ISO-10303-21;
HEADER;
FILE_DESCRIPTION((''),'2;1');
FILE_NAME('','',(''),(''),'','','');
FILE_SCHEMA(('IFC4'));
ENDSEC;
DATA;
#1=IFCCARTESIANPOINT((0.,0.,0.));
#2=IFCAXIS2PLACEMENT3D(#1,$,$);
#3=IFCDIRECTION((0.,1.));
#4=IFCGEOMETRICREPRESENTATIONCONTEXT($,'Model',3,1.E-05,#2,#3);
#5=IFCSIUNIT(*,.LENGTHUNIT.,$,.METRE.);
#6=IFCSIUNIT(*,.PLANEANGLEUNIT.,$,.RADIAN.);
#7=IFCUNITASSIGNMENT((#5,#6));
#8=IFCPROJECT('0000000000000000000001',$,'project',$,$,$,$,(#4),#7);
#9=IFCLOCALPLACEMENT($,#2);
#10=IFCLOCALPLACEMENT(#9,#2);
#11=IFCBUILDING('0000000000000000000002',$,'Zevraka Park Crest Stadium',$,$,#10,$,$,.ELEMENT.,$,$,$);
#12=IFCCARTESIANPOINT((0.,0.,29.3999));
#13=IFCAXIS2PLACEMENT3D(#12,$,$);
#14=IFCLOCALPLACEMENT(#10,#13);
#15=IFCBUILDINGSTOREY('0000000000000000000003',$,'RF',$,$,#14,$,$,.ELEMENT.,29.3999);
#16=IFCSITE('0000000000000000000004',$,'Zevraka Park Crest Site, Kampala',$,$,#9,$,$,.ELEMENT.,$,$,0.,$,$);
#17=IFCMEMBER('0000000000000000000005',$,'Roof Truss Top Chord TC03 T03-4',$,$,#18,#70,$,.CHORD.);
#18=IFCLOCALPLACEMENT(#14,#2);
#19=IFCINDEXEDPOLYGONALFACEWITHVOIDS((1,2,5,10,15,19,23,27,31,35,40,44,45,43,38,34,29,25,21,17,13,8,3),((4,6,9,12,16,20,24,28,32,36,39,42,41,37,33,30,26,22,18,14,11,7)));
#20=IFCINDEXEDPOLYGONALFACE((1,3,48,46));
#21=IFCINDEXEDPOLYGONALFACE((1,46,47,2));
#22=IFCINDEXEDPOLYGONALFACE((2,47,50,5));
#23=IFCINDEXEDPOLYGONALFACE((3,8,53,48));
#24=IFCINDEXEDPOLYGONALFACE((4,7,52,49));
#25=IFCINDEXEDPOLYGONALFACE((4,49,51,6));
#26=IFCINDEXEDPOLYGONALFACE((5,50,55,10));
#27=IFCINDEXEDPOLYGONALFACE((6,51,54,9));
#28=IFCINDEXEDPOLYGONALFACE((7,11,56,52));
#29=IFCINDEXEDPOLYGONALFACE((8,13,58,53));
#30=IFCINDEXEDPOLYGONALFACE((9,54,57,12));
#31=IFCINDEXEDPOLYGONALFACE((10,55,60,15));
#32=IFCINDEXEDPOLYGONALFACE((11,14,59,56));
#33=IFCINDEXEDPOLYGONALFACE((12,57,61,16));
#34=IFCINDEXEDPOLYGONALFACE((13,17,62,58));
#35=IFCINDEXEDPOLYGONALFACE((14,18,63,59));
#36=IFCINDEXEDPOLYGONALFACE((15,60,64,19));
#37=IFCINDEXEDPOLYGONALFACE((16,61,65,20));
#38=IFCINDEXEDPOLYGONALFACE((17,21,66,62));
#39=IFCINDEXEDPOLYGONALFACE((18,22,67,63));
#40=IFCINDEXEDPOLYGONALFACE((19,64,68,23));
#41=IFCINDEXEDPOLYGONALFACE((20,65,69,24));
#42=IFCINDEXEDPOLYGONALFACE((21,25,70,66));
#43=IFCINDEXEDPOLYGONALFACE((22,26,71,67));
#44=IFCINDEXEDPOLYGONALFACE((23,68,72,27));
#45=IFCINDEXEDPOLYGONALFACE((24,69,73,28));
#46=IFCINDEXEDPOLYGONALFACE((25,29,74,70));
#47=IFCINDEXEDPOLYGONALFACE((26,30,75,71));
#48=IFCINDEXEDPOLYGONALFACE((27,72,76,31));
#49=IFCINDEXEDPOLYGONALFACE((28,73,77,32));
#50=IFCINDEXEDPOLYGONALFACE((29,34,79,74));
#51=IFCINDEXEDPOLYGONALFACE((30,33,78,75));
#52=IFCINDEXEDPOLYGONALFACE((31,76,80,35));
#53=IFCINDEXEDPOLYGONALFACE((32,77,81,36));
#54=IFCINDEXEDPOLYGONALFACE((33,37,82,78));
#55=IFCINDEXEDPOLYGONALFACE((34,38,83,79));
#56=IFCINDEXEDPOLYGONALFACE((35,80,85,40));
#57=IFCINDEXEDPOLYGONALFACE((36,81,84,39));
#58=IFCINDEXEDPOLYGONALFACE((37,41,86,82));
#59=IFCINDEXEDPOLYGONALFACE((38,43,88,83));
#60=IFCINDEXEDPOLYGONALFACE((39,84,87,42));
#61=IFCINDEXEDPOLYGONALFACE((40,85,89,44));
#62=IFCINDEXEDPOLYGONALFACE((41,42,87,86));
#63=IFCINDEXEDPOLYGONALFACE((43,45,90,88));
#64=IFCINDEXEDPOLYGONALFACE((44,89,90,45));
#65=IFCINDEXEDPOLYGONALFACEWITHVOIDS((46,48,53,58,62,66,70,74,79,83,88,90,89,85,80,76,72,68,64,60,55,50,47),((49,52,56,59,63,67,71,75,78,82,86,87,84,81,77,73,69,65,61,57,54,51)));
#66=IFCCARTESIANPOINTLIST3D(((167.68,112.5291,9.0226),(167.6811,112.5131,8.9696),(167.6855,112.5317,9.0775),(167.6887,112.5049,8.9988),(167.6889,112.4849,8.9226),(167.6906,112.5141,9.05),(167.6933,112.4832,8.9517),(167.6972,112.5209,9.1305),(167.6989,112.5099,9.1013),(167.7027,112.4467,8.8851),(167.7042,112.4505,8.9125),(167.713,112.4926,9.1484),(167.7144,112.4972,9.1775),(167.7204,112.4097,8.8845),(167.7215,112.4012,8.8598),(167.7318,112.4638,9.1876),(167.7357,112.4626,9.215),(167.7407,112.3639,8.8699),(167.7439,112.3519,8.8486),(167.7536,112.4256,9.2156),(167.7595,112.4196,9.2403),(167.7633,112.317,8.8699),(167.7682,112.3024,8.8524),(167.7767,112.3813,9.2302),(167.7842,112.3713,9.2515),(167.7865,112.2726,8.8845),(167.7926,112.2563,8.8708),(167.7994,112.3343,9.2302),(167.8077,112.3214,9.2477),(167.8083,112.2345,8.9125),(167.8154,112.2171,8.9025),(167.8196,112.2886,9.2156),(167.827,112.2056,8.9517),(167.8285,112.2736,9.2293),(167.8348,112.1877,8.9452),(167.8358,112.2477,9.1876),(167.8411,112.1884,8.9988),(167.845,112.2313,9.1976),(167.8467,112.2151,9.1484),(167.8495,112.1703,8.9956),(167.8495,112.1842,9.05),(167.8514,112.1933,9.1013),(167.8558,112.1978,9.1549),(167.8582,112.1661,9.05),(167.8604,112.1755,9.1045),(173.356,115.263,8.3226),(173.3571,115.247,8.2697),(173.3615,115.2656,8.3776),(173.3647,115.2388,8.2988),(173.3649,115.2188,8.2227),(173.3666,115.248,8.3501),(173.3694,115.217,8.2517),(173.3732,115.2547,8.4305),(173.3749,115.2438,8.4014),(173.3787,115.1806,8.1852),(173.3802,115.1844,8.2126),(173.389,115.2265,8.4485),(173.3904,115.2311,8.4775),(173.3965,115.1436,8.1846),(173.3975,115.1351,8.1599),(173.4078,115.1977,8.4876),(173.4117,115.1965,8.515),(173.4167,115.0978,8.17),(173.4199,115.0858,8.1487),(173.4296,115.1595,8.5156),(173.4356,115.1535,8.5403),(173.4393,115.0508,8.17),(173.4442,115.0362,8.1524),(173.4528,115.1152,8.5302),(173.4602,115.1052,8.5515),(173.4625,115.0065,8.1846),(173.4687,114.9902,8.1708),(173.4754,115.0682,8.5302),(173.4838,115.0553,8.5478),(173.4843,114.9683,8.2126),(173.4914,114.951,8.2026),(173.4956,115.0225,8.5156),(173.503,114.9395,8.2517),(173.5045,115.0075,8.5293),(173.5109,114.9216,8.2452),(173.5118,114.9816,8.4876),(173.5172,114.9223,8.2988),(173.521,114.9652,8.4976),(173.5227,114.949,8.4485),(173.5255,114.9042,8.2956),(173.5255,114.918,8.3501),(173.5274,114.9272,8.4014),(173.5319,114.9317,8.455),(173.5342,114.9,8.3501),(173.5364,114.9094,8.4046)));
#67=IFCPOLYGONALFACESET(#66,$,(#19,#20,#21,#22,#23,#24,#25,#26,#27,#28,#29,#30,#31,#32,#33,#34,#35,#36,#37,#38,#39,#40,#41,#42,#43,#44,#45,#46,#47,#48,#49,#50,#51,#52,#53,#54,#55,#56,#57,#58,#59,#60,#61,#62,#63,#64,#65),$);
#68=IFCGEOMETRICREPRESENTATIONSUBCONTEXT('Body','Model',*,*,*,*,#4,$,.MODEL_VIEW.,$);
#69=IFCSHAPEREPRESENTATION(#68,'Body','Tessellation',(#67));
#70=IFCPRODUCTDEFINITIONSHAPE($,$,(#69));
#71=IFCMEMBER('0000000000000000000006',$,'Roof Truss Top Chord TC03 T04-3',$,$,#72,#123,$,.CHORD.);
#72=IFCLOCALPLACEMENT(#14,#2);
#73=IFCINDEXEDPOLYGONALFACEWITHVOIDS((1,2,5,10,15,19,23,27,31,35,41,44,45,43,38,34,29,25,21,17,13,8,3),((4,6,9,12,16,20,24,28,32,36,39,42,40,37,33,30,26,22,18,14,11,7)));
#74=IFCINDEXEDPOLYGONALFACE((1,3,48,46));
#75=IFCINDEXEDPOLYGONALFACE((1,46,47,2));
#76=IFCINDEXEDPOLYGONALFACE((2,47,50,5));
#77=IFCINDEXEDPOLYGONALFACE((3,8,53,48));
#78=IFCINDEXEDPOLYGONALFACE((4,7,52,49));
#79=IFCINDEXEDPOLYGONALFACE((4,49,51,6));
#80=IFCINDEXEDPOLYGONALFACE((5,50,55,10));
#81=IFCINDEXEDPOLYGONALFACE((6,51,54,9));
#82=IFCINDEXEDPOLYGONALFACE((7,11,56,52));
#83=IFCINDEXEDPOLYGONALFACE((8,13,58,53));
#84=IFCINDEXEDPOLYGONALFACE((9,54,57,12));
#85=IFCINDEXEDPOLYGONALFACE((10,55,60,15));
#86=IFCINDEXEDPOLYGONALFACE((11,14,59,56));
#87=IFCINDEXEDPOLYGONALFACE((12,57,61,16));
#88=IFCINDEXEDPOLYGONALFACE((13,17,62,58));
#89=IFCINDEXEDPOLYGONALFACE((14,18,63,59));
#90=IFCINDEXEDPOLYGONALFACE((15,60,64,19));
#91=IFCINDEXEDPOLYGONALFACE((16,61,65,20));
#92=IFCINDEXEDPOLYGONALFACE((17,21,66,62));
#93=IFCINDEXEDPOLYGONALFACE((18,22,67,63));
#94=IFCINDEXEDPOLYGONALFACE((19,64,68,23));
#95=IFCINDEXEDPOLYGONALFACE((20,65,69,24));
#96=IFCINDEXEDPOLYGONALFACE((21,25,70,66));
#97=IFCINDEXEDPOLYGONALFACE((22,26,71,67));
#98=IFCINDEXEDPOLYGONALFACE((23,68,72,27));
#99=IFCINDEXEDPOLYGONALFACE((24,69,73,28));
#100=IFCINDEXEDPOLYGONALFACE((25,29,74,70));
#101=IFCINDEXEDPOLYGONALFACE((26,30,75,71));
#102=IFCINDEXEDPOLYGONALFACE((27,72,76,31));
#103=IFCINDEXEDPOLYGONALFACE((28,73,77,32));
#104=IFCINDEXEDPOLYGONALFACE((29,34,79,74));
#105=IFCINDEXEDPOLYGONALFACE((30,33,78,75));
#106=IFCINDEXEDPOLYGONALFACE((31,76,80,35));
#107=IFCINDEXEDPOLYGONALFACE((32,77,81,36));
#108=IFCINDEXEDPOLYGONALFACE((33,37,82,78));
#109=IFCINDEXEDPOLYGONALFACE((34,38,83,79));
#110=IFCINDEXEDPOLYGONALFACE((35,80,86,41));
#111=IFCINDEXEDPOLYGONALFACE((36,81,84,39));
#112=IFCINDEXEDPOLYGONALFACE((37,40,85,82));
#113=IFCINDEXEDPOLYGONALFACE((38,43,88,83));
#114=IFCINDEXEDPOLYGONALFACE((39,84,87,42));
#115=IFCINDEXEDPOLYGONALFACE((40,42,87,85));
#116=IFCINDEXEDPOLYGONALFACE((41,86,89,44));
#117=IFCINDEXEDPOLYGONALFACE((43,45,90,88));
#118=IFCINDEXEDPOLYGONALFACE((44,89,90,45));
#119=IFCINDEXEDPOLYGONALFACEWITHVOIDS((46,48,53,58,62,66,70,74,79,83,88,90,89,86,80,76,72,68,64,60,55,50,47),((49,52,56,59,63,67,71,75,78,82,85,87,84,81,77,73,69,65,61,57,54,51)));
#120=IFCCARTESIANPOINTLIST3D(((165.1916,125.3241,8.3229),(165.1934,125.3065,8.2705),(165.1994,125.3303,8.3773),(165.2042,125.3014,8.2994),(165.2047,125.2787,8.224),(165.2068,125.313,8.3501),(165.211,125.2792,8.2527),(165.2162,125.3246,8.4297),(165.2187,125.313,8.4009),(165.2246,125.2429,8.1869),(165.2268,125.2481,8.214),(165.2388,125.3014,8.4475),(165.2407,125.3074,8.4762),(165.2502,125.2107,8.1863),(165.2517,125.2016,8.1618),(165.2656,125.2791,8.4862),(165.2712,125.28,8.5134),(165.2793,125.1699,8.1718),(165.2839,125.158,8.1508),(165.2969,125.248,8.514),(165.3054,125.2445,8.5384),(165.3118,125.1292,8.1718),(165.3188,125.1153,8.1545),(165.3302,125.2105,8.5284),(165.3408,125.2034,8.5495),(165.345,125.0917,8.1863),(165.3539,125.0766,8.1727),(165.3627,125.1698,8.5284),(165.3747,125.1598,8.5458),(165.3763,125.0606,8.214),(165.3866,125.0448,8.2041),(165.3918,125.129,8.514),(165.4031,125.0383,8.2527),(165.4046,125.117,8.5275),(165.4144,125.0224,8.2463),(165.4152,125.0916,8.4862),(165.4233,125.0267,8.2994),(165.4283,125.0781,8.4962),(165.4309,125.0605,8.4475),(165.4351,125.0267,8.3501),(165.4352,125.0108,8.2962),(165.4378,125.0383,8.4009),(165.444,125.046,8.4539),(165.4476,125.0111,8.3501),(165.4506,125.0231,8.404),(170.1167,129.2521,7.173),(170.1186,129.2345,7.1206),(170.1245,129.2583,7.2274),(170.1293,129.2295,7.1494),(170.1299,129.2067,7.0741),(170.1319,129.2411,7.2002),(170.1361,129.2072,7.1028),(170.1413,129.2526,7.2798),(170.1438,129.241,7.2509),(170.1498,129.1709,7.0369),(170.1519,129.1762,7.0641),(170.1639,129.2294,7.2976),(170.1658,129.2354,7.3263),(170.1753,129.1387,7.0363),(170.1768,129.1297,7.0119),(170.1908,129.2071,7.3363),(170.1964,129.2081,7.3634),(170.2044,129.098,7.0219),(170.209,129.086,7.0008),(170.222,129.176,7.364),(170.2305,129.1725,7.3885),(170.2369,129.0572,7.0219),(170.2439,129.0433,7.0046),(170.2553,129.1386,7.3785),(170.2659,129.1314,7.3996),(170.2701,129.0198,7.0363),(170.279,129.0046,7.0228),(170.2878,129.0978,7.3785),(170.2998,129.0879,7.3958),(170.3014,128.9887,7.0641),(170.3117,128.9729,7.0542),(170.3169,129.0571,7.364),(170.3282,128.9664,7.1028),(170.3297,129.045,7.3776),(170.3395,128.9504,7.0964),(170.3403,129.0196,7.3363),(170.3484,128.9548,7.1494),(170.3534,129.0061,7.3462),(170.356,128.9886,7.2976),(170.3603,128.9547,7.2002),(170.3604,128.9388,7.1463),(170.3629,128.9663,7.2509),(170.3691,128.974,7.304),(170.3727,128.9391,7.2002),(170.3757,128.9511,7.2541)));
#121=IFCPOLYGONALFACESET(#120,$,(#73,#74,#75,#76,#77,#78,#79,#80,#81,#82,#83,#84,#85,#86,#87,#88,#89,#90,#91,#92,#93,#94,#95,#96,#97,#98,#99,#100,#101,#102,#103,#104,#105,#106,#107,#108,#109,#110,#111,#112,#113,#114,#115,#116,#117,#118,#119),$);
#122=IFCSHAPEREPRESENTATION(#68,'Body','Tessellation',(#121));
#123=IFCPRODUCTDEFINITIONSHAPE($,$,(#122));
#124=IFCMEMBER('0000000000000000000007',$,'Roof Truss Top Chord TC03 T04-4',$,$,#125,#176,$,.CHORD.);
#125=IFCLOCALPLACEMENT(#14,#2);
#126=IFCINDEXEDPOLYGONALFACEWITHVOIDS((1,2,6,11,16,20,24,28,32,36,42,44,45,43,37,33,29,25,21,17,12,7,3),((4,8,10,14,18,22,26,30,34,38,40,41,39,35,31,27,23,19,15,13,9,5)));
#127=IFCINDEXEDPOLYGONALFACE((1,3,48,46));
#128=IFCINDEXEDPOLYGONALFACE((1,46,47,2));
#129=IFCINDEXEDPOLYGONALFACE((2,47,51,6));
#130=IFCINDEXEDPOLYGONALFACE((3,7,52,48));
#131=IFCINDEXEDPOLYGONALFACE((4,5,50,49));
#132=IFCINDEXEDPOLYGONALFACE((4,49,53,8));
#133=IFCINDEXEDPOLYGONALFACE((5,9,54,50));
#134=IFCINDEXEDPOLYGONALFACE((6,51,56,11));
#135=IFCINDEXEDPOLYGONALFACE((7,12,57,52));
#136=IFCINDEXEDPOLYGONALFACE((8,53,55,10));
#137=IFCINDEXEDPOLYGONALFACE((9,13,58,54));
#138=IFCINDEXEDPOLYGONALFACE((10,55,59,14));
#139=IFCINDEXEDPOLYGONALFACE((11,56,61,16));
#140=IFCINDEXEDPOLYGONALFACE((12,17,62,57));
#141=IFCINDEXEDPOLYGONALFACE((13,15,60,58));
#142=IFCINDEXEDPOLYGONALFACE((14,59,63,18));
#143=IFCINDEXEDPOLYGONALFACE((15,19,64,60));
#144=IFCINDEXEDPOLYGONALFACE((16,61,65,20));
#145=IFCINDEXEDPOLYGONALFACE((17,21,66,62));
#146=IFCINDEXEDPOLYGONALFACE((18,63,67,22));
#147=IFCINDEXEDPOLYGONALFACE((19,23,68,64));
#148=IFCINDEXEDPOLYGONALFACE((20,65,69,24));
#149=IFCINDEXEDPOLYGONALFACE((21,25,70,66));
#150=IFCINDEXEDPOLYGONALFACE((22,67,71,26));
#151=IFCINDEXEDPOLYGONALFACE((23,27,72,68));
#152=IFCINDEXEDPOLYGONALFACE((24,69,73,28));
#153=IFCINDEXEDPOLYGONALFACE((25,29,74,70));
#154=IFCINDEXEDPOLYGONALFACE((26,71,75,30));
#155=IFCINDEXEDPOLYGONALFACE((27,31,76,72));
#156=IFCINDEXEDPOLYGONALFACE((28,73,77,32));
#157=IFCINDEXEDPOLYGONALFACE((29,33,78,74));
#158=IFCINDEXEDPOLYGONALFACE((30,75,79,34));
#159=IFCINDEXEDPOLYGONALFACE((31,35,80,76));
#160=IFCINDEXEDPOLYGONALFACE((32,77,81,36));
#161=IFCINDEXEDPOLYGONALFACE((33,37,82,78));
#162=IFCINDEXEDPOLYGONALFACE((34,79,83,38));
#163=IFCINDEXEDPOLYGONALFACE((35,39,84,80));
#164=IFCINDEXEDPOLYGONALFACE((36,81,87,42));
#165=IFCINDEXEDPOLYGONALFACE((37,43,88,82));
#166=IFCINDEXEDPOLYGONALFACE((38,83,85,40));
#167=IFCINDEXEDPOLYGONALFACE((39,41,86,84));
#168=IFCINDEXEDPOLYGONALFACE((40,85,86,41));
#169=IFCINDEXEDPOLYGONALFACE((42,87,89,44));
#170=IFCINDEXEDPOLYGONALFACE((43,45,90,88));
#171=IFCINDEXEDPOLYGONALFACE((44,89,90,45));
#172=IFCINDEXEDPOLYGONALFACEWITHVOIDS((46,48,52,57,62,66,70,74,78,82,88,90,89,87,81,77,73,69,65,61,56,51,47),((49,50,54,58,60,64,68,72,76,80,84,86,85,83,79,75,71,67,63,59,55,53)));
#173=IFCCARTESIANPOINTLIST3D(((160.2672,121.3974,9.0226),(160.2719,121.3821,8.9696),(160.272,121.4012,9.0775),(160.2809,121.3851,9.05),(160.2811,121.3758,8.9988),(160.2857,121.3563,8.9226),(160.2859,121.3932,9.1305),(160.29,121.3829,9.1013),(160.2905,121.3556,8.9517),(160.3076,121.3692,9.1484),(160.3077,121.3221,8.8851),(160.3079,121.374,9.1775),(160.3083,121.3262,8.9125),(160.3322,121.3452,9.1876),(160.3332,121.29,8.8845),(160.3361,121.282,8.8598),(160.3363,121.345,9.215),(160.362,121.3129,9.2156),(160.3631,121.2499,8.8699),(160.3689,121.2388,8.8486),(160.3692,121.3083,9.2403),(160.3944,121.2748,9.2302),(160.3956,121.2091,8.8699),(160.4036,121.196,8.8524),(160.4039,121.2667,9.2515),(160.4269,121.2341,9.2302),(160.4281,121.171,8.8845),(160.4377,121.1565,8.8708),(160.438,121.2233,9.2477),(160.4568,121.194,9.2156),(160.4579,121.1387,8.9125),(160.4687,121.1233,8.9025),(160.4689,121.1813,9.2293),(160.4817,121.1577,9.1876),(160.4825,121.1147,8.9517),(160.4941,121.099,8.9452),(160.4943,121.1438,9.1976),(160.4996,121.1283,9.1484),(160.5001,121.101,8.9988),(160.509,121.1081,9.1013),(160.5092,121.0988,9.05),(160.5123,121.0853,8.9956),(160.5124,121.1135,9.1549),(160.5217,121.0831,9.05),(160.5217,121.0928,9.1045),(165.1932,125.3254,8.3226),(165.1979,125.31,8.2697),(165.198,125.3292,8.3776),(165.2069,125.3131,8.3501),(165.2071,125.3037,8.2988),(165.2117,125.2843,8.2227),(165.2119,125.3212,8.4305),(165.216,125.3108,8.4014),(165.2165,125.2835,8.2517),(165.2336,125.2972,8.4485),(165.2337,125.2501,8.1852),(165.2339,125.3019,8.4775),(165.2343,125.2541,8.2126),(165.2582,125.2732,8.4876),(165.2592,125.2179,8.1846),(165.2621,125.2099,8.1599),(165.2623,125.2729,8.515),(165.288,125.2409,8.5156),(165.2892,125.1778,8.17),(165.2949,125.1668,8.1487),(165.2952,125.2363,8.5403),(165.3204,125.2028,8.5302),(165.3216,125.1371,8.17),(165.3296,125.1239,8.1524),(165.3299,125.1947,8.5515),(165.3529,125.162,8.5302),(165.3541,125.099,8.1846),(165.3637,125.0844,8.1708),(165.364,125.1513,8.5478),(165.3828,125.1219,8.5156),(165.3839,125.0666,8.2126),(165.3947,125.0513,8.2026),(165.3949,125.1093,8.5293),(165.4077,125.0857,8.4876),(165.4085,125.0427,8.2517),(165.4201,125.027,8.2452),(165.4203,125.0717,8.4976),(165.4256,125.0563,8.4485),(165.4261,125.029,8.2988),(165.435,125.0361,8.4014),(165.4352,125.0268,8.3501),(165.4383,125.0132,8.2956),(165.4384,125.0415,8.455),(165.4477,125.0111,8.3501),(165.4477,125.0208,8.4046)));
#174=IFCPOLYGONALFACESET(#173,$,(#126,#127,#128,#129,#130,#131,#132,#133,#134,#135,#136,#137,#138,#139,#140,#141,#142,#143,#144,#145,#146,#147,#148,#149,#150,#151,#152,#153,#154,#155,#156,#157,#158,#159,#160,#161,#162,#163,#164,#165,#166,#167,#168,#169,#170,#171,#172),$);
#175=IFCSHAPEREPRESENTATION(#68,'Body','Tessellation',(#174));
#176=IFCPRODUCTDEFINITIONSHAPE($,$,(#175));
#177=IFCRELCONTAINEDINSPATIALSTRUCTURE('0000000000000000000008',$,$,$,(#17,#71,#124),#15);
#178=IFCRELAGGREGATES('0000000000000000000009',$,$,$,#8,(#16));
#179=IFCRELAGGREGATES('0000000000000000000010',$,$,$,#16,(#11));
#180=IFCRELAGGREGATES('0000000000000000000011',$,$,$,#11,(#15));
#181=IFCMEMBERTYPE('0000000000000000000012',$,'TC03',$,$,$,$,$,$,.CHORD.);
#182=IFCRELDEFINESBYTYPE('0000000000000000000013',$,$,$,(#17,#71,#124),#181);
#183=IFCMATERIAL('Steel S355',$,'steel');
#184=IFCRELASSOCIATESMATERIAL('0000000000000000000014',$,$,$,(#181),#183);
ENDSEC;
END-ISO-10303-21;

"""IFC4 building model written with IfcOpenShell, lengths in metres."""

from ifc_helpers import new_model, si_unit, direction, frame, origin, origin_2d, place, context, subcontext, project, spatial, hollow_circle, extrude, material, material_profile, profile_set, type_object, element, save


model = new_model("IFC4")

# Units and contexts
model_context = context("Model", 3, precision=1e-05, world=origin(), true_north=direction((0.0, 1.0)))
body_context = subcontext(model_context, "Body", "Model", "MODEL_VIEW")
ifc_project = project(units=[si_unit("LENGTHUNIT", "METRE"), si_unit("PLANEANGLEUNIT", "RADIAN")], contexts=[model_context])

# Site, building, storey
site_placement = place(None, origin())
site = spatial("IfcSite", under=ifc_project, at=site_placement, Name="Zevraka Park Crest Site, Kampala", CompositionType="ELEMENT", RefElevation=0.0)
building_placement = place(site_placement, origin())
building = spatial("IfcBuilding", under=site, at=building_placement, Name="Zevraka Park Crest Stadium", CompositionType="ELEMENT")
storey_placement = place(building_placement, frame((0.0, 0.0, 29.3999)))
storey = spatial("IfcBuildingStorey", under=building, at=storey_placement, Name="RF", CompositionType="ELEMENT", Elevation=29.3999)

# Members
ifc_material_1 = material(Name="Steel S355", Category="steel")
ifc_material_profile_1 = material_profile(ifc_material_1, hollow_circle(Radius=0.2031, WallThickness=0.02, at=origin_2d()), Name="CHS 406.4x20")
ifc_profile_set_1 = profile_set([ifc_material_profile_1], Name="Steel S355")
member_type_1 = type_object("IfcMemberType", Name="TC03", PredefinedType="CHORD", material=ifc_profile_set_1)
member_1_placement = place(storey_placement, frame((173.446, 115.083, 8.3501), z_axis=(-0.895431, -0.431289, 0.110422), x_axis=(0.433943, -0.900941, 0.0)))
element("IfcMember", 1, at=member_1_placement, inside=storey, type_object=member_type_1, Name="Roof Truss Top Chord TC03 T03-4", PredefinedType="CHORD", context=body_context, shape_type="SweptSolid", body=[
    extrude(hollow_circle(Radius=0.2031, WallThickness=0.02, at=origin_2d()), origin(), (0.0, 0.0, 1.0), 6.3389),
])
member_2_placement = place(storey_placement, frame((170.2461, 129.0979, 7.2002), z_axis=(-0.769094, -0.613392, 0.179568), x_axis=(0.623527, -0.781802, 0.0)))
element("IfcMember", 2, at=member_2_placement, inside=storey, type_object=member_type_1, Name="Roof Truss Top Chord TC03 T04-3", PredefinedType="CHORD", context=body_context, shape_type="SweptSolid", body=[
    extrude(hollow_circle(Radius=0.2031, WallThickness=0.02, at=origin_2d()), origin(), (0.0, 0.0, 1.0), 6.4038),
])
member_3_placement = place(storey_placement, frame((165.321, 125.1699, 8.3501), z_axis=(-0.777081, -0.619639, 0.110417), x_axis=(0.623451, -0.781862, 0.0)))
element("IfcMember", 3, at=member_3_placement, inside=storey, type_object=member_type_1, Name="Roof Truss Top Chord TC03 T04-4", PredefinedType="CHORD", context=body_context, shape_type="SweptSolid", body=[
    extrude(hollow_circle(Radius=0.2031, WallThickness=0.02, at=origin_2d()), origin(), (0.0, 0.0, 1.0), 6.3391),
])

save(model, "model.ifc")
